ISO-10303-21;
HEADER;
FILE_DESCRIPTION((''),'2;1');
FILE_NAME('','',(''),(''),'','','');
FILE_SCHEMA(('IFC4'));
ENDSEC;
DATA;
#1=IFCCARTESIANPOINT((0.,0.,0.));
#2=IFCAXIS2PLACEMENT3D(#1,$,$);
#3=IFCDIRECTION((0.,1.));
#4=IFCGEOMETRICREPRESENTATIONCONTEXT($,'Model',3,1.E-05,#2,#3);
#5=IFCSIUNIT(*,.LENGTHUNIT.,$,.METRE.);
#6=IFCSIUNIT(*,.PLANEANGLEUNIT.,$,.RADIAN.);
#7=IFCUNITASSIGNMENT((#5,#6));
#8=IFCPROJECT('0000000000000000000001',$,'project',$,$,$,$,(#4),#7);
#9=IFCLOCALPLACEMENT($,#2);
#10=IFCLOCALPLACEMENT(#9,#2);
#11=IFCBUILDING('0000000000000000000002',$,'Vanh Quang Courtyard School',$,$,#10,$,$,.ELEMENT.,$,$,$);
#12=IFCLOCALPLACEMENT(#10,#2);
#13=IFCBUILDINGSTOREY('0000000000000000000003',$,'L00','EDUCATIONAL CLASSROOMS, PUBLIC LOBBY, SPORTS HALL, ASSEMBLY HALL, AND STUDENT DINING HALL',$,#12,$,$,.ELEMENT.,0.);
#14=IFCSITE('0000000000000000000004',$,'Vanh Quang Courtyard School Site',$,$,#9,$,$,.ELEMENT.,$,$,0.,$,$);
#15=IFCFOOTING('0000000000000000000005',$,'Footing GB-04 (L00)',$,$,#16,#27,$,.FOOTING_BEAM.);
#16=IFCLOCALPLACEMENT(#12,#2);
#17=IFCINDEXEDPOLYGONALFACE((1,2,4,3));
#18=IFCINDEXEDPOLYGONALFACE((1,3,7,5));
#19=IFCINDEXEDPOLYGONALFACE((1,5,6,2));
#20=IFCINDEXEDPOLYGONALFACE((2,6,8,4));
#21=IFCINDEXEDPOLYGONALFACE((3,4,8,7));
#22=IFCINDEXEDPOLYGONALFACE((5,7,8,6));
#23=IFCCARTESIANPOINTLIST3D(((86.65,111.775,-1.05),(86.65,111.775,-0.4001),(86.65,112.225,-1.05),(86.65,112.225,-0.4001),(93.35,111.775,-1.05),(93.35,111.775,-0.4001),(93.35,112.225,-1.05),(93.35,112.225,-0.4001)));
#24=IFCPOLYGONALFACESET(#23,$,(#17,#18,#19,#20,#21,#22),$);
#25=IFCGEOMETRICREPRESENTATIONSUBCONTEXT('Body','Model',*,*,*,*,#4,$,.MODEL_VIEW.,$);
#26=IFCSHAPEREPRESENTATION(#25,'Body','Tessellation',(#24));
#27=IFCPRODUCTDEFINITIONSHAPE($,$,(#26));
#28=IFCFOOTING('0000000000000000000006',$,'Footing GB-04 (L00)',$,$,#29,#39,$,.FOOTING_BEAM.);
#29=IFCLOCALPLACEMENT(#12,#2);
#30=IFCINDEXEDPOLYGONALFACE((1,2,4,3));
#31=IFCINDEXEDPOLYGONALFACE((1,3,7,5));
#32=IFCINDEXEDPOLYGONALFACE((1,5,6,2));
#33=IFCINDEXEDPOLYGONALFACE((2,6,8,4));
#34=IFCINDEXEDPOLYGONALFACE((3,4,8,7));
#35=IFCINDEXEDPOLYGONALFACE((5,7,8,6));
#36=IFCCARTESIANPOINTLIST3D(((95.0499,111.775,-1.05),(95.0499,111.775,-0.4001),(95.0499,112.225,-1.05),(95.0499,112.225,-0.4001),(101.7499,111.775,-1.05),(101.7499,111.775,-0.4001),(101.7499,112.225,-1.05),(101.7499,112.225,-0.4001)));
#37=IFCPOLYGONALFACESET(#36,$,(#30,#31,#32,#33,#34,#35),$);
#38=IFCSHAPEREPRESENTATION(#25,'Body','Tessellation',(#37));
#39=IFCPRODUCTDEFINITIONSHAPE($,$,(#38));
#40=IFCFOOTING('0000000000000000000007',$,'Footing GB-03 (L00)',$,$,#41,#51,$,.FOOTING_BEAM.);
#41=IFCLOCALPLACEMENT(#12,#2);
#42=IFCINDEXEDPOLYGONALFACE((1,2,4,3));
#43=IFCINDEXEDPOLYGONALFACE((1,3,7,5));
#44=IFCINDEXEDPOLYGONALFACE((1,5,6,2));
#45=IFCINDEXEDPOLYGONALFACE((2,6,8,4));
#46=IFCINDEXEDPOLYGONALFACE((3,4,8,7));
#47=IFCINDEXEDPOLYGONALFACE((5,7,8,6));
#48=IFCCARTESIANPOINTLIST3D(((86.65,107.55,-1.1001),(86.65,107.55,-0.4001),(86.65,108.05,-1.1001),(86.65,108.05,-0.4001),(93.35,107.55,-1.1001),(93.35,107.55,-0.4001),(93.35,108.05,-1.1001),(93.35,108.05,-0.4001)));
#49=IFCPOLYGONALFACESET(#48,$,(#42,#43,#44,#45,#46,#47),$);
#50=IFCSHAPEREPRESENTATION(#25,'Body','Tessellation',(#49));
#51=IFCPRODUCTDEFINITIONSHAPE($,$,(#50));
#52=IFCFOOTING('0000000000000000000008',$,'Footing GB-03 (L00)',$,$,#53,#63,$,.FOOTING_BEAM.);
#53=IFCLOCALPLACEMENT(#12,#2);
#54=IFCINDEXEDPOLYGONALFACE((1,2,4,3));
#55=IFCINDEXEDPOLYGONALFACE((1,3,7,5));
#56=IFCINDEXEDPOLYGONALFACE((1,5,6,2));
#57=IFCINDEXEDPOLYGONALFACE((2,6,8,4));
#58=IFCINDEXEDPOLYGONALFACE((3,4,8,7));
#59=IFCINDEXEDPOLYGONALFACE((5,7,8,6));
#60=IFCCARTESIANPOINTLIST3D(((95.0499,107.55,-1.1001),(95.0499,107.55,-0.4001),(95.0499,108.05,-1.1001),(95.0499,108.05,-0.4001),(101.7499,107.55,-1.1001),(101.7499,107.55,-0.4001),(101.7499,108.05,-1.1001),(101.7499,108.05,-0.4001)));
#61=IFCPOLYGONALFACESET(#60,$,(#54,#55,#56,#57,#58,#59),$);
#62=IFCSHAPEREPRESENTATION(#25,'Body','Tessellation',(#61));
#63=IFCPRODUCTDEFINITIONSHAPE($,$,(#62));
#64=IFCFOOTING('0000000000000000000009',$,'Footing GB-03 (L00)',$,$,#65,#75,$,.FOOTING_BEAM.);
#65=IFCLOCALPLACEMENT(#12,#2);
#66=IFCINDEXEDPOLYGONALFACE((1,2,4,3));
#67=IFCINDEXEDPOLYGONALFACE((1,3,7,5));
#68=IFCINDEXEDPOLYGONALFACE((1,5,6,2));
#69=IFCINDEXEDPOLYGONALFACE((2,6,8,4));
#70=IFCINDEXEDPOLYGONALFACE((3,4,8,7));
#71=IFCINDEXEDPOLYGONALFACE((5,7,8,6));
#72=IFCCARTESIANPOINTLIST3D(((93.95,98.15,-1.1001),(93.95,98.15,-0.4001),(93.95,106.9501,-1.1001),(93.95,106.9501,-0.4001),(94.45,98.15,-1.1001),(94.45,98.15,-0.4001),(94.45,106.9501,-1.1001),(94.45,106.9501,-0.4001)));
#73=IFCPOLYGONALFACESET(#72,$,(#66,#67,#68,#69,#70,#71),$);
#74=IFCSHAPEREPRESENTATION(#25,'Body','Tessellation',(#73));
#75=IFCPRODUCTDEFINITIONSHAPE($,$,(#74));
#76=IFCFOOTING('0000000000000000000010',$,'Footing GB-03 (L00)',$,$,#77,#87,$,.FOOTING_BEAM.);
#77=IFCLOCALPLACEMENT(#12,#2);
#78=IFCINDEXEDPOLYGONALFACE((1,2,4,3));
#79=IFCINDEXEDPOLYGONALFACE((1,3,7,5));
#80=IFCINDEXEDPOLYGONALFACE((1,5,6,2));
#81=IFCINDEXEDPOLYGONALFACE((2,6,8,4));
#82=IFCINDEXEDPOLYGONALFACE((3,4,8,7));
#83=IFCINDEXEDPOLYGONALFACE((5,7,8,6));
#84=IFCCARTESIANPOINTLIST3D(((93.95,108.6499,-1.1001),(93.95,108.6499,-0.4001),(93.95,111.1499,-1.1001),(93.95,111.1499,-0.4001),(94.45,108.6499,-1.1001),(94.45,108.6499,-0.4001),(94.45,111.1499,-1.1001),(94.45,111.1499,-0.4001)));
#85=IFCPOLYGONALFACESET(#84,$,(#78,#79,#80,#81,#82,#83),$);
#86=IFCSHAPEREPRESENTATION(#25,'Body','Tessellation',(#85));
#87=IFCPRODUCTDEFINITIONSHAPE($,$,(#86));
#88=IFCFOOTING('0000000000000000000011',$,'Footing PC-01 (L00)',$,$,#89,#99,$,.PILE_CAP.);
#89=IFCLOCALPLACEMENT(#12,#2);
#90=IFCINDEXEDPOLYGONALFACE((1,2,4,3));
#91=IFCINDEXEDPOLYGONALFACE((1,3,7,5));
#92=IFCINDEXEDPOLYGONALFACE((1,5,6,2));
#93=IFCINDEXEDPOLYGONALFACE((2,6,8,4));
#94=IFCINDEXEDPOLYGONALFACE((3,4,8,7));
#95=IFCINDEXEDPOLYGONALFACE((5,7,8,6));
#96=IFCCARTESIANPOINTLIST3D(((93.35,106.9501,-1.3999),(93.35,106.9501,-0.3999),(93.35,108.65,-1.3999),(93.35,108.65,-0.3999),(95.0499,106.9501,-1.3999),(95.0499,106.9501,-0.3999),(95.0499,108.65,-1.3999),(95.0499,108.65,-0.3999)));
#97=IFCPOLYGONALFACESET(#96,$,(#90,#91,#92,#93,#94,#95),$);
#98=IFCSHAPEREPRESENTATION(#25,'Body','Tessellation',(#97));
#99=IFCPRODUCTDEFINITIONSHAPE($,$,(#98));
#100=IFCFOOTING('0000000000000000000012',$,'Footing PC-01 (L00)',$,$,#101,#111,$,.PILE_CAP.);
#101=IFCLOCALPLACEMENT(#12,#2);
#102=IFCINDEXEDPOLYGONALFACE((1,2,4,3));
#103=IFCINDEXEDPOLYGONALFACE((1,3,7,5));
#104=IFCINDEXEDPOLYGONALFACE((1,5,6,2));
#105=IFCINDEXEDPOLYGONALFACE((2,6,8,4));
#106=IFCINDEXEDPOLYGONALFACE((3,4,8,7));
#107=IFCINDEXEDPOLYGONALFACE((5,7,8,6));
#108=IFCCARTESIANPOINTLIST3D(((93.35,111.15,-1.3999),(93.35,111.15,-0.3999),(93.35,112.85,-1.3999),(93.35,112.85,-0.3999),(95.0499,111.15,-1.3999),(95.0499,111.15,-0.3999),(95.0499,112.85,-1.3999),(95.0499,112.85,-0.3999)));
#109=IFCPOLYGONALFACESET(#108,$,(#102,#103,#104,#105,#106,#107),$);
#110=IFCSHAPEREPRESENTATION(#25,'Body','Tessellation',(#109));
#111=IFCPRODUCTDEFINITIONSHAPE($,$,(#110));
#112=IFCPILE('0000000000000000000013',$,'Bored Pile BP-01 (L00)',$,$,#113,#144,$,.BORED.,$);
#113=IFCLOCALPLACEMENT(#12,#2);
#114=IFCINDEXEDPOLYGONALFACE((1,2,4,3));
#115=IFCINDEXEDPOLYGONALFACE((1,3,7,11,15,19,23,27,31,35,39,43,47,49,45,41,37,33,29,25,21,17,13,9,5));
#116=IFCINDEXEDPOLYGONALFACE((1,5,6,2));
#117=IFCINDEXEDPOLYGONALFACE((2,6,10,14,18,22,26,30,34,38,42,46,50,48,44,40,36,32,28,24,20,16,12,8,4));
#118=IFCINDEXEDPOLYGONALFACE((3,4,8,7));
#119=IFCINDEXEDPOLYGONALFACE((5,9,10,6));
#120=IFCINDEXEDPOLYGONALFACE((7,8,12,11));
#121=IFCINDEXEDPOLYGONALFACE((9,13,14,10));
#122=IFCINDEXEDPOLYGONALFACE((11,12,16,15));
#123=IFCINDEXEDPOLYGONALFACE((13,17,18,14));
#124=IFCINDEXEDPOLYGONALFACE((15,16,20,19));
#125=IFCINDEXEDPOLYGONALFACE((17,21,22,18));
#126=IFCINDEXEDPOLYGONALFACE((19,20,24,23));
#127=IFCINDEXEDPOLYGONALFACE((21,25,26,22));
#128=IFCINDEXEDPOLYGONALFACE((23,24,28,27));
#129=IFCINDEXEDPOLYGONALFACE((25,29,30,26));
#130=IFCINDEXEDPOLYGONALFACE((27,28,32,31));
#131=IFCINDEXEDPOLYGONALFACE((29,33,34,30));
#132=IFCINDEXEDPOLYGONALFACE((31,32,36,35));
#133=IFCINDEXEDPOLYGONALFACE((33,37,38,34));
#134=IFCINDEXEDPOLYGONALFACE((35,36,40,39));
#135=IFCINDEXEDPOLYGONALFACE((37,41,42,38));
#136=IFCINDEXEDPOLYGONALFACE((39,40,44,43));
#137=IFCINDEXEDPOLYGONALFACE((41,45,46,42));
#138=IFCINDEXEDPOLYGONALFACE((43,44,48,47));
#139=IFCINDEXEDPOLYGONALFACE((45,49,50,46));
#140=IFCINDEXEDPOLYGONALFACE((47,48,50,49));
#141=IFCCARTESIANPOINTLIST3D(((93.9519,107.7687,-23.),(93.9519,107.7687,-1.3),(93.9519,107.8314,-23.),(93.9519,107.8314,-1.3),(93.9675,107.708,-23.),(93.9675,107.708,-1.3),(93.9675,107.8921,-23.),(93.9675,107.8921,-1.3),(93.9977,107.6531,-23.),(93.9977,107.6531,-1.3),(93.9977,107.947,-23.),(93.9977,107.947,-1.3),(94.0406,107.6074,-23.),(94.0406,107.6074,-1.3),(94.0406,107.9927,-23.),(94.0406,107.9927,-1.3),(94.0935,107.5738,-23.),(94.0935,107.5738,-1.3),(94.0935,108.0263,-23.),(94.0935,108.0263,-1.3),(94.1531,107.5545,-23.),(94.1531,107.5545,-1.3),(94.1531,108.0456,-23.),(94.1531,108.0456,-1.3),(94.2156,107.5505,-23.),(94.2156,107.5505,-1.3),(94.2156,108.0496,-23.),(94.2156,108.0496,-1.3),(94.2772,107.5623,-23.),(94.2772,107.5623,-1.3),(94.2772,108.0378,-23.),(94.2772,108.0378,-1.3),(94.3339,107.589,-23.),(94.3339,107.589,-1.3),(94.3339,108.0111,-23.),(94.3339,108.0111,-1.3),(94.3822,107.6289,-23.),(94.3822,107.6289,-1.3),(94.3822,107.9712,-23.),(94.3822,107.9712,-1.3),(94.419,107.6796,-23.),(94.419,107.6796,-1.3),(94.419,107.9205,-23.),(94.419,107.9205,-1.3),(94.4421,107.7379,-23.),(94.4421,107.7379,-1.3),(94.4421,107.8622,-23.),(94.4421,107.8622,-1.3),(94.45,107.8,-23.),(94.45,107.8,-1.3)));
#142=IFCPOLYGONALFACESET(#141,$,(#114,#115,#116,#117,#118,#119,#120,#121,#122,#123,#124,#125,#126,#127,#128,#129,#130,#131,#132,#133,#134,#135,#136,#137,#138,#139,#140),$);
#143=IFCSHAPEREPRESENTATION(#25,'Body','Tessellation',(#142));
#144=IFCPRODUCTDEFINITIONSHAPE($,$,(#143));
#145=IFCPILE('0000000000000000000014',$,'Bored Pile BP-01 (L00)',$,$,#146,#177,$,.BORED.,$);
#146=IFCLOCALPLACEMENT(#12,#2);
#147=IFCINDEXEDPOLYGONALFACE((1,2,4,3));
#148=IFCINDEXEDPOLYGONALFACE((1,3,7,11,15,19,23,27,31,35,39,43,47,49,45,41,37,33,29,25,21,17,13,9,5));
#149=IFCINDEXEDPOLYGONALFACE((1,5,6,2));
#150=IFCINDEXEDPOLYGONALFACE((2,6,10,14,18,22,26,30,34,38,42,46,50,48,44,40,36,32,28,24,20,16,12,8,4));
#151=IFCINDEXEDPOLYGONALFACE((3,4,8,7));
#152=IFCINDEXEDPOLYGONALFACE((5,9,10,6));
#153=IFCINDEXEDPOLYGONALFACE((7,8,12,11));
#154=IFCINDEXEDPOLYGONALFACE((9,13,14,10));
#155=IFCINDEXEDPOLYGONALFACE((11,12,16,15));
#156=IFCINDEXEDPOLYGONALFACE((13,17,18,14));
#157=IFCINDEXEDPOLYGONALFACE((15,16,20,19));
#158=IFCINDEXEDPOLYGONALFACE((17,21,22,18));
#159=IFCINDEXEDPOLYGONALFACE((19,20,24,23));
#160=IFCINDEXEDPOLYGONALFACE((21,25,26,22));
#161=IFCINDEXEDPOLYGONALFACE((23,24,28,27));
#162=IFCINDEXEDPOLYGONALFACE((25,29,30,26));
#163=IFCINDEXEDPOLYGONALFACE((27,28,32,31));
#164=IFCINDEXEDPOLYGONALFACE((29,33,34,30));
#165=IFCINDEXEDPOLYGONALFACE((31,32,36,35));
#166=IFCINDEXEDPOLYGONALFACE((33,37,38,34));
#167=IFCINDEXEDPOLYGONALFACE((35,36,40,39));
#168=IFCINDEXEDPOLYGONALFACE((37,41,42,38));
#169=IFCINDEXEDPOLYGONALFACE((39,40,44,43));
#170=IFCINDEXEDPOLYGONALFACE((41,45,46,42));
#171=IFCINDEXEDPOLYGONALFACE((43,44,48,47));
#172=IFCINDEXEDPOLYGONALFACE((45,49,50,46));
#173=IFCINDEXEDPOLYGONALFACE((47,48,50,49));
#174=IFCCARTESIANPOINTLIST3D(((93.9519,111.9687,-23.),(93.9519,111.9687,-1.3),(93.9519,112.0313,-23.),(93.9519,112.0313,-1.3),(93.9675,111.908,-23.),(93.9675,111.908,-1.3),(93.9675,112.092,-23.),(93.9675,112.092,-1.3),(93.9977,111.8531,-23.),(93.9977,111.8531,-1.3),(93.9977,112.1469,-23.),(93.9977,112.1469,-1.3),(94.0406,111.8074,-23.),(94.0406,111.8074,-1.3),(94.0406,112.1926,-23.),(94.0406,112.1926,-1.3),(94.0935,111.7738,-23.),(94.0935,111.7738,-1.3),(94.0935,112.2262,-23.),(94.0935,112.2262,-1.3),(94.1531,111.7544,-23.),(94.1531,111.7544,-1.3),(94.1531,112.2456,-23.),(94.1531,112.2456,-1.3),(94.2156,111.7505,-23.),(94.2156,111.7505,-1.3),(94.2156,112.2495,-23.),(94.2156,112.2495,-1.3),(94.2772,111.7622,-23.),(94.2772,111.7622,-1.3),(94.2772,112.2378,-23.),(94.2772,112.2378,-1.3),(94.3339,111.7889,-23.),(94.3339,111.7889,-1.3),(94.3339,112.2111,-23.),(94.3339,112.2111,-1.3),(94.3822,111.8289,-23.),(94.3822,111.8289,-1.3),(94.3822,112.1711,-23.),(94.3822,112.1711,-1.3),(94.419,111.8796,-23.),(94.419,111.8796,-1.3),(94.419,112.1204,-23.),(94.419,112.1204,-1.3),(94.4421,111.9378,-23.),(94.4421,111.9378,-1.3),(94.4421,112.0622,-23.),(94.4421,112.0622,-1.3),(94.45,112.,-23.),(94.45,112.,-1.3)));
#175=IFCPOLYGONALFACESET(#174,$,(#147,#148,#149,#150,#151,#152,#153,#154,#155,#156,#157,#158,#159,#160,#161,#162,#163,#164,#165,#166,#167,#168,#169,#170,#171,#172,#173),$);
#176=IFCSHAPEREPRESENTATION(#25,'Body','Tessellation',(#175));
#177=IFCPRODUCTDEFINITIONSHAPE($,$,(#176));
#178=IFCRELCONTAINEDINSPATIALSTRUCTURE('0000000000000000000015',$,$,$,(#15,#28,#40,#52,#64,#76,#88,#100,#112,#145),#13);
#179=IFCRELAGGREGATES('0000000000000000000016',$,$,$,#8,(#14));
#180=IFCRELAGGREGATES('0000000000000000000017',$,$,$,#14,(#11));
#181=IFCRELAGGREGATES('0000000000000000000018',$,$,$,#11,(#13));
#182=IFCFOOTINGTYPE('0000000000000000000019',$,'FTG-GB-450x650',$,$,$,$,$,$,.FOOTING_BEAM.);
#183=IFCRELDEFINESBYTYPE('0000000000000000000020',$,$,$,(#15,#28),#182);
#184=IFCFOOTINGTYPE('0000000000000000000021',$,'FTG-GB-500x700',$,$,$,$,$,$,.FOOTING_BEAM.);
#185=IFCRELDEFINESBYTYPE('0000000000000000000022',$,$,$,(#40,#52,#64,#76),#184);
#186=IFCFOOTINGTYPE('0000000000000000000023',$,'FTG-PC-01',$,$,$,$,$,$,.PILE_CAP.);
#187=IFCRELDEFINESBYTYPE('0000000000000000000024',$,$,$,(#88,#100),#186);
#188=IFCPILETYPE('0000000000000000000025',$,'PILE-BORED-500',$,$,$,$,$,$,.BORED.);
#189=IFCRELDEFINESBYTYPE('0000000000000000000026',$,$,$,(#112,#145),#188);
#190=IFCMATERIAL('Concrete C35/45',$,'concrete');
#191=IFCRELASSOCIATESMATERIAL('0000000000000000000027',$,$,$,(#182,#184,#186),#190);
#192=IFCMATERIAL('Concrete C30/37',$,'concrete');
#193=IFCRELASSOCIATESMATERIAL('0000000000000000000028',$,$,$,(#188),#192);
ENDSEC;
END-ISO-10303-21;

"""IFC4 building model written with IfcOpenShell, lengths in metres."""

from ifc_helpers import new_model, si_unit, direction, frame, origin, origin_2d, place, context, subcontext, project, spatial, rectangle, circle, extrude, material, material_profile, profile_set, type_object, element, save


model = new_model("IFC4")

# Units and contexts
model_context = context("Model", 3, precision=1e-05, world=origin(), true_north=direction((0.0, 1.0)))
body_context = subcontext(model_context, "Body", "Model", "MODEL_VIEW")
ifc_project = project(units=[si_unit("LENGTHUNIT", "METRE"), si_unit("PLANEANGLEUNIT", "RADIAN")], contexts=[model_context])

# Site, building, storey
site_placement = place(None, origin())
site = spatial("IfcSite", under=ifc_project, at=site_placement, Name="Vanh Quang Courtyard School Site", CompositionType="ELEMENT", RefElevation=0.0)
building_placement = place(site_placement, origin())
building = spatial("IfcBuilding", under=site, at=building_placement, Name="Vanh Quang Courtyard School", CompositionType="ELEMENT")
storey_placement = place(building_placement, origin())
storey = spatial("IfcBuildingStorey", under=building, at=storey_placement, Name="L00", Description="EDUCATIONAL CLASSROOMS, PUBLIC LOBBY, SPORTS HALL, ASSEMBLY HALL, AND STUDENT DINING HALL", CompositionType="ELEMENT", Elevation=0.0)

# Footings
ifc_material_1 = material(Name="Concrete C35/45", Category="concrete")
footing_type_1 = type_object("IfcFootingType", Name="FTG-GB-450x650", PredefinedType="FOOTING_BEAM", material=ifc_material_1)
for number, where, z_axis, x_axis, name in (
    (1, (90.0, 112.0, -1.05), (0.0, 0.0, 1.0), (1.0, 0.0, 0.0), "Footing GB-04 (L00)"),
    (2, (98.3999, 112.0, -1.05), (0.0, 0.0, 1.0), (1.0, 0.0, 0.0), "Footing GB-04 (L00)"),
):
    element("IfcFooting", number, at=place(storey_placement, frame(where, z_axis=z_axis, x_axis=x_axis)), inside=storey, type_object=footing_type_1, Name=name, PredefinedType="FOOTING_BEAM", context=body_context, shape_type="SweptSolid", body=[
        extrude(rectangle(XDim=6.7, YDim=0.45, at=origin_2d()), origin(), (0.0, 0.0, 1.0), 0.6499),
    ])
footing_type_2 = type_object("IfcFootingType", Name="FTG-GB-500x700", PredefinedType="FOOTING_BEAM", material=ifc_material_1)
for number, where, z_axis, x_axis, name in (
    (3, (90.0, 107.8, -1.1001), (0.0, 0.0, 1.0), (1.0, 0.0, 0.0), "Footing GB-03 (L00)"),
    (4, (98.3999, 107.8, -1.1001), (0.0, 0.0, 1.0), (1.0, 0.0, 0.0), "Footing GB-03 (L00)"),
):
    element("IfcFooting", number, at=place(storey_placement, frame(where, z_axis=z_axis, x_axis=x_axis)), inside=storey, type_object=footing_type_2, Name=name, PredefinedType="FOOTING_BEAM", context=body_context, shape_type="SweptSolid", body=[
        extrude(rectangle(XDim=6.7, YDim=0.5, at=origin_2d()), origin(), (0.0, 0.0, 1.0), 0.7),
    ])
footing_1_placement = place(storey_placement, frame((94.2, 102.55, -1.1001), z_axis=(0.0, 0.0, 1.0), x_axis=(0.0, 1.0, 0.0)))
element("IfcFooting", 5, at=footing_1_placement, inside=storey, type_object=footing_type_2, Name="Footing GB-03 (L00)", PredefinedType="FOOTING_BEAM", context=body_context, shape_type="SweptSolid", body=[
    extrude(rectangle(XDim=8.8, YDim=0.5, at=origin_2d()), origin(), (0.0, 0.0, 1.0), 0.7),
])
footing_2_placement = place(storey_placement, frame((94.2, 109.8999, -1.1001), z_axis=(0.0, 0.0, 1.0), x_axis=(0.0, 1.0, 0.0)))
element("IfcFooting", 6, at=footing_2_placement, inside=storey, type_object=footing_type_2, Name="Footing GB-03 (L00)", PredefinedType="FOOTING_BEAM", context=body_context, shape_type="SweptSolid", body=[
    extrude(rectangle(XDim=2.5, YDim=0.5, at=origin_2d()), origin(), (0.0, 0.0, 1.0), 0.7),
])
footing_type_3 = type_object("IfcFootingType", Name="FTG-PC-01", PredefinedType="PILE_CAP", material=ifc_material_1)
for number, where, z_axis, x_axis, name in (
    (7, (94.2, 107.8, -1.3999), (0.0, 0.0, 1.0), (1.0, 0.0, 0.0), "Footing PC-01 (L00)"),
    (8, (94.2, 112.0, -1.3999), (0.0, 0.0, 1.0), (1.0, 0.0, 0.0), "Footing PC-01 (L00)"),
):
    element("IfcFooting", number, at=place(storey_placement, frame(where, z_axis=z_axis, x_axis=x_axis)), inside=storey, type_object=footing_type_3, Name=name, PredefinedType="PILE_CAP", context=body_context, shape_type="SweptSolid", body=[
        extrude(rectangle(XDim=1.7, YDim=1.7, at=origin_2d()), origin(), (0.0, 0.0, 1.0), 1.0),
    ])

# Piles
ifc_material_2 = material(Name="Concrete C30/37", Category="concrete")
ifc_material_profile_1 = material_profile(ifc_material_2, circle(Radius=0.25, at=origin_2d()), Name="PILE D500")
ifc_profile_set_1 = profile_set([ifc_material_profile_1], Name="Concrete C30/37")
pile_type_1 = type_object("IfcPileType", Name="PILE-BORED-500", PredefinedType="BORED", material=ifc_profile_set_1)
for number, where, z_axis, x_axis, name in (
    (9, (94.2, 107.8, -1.3), (0.0, 0.0, -1.0), (1.0, 0.0, 0.0), "Bored Pile BP-01 (L00)"),
    (10, (94.2, 112.0, -1.3), (0.0, 0.0, -1.0), (1.0, 0.0, 0.0), "Bored Pile BP-01 (L00)"),
):
    element("IfcPile", number, at=place(storey_placement, frame(where, z_axis=z_axis, x_axis=x_axis)), inside=storey, type_object=pile_type_1, Name=name, PredefinedType="BORED", context=body_context, shape_type="SweptSolid", body=[
        extrude(circle(Radius=0.25, at=origin_2d()), origin(), (0.0, 0.0, 1.0), 21.7),
    ])

save(model, "model.ifc")
